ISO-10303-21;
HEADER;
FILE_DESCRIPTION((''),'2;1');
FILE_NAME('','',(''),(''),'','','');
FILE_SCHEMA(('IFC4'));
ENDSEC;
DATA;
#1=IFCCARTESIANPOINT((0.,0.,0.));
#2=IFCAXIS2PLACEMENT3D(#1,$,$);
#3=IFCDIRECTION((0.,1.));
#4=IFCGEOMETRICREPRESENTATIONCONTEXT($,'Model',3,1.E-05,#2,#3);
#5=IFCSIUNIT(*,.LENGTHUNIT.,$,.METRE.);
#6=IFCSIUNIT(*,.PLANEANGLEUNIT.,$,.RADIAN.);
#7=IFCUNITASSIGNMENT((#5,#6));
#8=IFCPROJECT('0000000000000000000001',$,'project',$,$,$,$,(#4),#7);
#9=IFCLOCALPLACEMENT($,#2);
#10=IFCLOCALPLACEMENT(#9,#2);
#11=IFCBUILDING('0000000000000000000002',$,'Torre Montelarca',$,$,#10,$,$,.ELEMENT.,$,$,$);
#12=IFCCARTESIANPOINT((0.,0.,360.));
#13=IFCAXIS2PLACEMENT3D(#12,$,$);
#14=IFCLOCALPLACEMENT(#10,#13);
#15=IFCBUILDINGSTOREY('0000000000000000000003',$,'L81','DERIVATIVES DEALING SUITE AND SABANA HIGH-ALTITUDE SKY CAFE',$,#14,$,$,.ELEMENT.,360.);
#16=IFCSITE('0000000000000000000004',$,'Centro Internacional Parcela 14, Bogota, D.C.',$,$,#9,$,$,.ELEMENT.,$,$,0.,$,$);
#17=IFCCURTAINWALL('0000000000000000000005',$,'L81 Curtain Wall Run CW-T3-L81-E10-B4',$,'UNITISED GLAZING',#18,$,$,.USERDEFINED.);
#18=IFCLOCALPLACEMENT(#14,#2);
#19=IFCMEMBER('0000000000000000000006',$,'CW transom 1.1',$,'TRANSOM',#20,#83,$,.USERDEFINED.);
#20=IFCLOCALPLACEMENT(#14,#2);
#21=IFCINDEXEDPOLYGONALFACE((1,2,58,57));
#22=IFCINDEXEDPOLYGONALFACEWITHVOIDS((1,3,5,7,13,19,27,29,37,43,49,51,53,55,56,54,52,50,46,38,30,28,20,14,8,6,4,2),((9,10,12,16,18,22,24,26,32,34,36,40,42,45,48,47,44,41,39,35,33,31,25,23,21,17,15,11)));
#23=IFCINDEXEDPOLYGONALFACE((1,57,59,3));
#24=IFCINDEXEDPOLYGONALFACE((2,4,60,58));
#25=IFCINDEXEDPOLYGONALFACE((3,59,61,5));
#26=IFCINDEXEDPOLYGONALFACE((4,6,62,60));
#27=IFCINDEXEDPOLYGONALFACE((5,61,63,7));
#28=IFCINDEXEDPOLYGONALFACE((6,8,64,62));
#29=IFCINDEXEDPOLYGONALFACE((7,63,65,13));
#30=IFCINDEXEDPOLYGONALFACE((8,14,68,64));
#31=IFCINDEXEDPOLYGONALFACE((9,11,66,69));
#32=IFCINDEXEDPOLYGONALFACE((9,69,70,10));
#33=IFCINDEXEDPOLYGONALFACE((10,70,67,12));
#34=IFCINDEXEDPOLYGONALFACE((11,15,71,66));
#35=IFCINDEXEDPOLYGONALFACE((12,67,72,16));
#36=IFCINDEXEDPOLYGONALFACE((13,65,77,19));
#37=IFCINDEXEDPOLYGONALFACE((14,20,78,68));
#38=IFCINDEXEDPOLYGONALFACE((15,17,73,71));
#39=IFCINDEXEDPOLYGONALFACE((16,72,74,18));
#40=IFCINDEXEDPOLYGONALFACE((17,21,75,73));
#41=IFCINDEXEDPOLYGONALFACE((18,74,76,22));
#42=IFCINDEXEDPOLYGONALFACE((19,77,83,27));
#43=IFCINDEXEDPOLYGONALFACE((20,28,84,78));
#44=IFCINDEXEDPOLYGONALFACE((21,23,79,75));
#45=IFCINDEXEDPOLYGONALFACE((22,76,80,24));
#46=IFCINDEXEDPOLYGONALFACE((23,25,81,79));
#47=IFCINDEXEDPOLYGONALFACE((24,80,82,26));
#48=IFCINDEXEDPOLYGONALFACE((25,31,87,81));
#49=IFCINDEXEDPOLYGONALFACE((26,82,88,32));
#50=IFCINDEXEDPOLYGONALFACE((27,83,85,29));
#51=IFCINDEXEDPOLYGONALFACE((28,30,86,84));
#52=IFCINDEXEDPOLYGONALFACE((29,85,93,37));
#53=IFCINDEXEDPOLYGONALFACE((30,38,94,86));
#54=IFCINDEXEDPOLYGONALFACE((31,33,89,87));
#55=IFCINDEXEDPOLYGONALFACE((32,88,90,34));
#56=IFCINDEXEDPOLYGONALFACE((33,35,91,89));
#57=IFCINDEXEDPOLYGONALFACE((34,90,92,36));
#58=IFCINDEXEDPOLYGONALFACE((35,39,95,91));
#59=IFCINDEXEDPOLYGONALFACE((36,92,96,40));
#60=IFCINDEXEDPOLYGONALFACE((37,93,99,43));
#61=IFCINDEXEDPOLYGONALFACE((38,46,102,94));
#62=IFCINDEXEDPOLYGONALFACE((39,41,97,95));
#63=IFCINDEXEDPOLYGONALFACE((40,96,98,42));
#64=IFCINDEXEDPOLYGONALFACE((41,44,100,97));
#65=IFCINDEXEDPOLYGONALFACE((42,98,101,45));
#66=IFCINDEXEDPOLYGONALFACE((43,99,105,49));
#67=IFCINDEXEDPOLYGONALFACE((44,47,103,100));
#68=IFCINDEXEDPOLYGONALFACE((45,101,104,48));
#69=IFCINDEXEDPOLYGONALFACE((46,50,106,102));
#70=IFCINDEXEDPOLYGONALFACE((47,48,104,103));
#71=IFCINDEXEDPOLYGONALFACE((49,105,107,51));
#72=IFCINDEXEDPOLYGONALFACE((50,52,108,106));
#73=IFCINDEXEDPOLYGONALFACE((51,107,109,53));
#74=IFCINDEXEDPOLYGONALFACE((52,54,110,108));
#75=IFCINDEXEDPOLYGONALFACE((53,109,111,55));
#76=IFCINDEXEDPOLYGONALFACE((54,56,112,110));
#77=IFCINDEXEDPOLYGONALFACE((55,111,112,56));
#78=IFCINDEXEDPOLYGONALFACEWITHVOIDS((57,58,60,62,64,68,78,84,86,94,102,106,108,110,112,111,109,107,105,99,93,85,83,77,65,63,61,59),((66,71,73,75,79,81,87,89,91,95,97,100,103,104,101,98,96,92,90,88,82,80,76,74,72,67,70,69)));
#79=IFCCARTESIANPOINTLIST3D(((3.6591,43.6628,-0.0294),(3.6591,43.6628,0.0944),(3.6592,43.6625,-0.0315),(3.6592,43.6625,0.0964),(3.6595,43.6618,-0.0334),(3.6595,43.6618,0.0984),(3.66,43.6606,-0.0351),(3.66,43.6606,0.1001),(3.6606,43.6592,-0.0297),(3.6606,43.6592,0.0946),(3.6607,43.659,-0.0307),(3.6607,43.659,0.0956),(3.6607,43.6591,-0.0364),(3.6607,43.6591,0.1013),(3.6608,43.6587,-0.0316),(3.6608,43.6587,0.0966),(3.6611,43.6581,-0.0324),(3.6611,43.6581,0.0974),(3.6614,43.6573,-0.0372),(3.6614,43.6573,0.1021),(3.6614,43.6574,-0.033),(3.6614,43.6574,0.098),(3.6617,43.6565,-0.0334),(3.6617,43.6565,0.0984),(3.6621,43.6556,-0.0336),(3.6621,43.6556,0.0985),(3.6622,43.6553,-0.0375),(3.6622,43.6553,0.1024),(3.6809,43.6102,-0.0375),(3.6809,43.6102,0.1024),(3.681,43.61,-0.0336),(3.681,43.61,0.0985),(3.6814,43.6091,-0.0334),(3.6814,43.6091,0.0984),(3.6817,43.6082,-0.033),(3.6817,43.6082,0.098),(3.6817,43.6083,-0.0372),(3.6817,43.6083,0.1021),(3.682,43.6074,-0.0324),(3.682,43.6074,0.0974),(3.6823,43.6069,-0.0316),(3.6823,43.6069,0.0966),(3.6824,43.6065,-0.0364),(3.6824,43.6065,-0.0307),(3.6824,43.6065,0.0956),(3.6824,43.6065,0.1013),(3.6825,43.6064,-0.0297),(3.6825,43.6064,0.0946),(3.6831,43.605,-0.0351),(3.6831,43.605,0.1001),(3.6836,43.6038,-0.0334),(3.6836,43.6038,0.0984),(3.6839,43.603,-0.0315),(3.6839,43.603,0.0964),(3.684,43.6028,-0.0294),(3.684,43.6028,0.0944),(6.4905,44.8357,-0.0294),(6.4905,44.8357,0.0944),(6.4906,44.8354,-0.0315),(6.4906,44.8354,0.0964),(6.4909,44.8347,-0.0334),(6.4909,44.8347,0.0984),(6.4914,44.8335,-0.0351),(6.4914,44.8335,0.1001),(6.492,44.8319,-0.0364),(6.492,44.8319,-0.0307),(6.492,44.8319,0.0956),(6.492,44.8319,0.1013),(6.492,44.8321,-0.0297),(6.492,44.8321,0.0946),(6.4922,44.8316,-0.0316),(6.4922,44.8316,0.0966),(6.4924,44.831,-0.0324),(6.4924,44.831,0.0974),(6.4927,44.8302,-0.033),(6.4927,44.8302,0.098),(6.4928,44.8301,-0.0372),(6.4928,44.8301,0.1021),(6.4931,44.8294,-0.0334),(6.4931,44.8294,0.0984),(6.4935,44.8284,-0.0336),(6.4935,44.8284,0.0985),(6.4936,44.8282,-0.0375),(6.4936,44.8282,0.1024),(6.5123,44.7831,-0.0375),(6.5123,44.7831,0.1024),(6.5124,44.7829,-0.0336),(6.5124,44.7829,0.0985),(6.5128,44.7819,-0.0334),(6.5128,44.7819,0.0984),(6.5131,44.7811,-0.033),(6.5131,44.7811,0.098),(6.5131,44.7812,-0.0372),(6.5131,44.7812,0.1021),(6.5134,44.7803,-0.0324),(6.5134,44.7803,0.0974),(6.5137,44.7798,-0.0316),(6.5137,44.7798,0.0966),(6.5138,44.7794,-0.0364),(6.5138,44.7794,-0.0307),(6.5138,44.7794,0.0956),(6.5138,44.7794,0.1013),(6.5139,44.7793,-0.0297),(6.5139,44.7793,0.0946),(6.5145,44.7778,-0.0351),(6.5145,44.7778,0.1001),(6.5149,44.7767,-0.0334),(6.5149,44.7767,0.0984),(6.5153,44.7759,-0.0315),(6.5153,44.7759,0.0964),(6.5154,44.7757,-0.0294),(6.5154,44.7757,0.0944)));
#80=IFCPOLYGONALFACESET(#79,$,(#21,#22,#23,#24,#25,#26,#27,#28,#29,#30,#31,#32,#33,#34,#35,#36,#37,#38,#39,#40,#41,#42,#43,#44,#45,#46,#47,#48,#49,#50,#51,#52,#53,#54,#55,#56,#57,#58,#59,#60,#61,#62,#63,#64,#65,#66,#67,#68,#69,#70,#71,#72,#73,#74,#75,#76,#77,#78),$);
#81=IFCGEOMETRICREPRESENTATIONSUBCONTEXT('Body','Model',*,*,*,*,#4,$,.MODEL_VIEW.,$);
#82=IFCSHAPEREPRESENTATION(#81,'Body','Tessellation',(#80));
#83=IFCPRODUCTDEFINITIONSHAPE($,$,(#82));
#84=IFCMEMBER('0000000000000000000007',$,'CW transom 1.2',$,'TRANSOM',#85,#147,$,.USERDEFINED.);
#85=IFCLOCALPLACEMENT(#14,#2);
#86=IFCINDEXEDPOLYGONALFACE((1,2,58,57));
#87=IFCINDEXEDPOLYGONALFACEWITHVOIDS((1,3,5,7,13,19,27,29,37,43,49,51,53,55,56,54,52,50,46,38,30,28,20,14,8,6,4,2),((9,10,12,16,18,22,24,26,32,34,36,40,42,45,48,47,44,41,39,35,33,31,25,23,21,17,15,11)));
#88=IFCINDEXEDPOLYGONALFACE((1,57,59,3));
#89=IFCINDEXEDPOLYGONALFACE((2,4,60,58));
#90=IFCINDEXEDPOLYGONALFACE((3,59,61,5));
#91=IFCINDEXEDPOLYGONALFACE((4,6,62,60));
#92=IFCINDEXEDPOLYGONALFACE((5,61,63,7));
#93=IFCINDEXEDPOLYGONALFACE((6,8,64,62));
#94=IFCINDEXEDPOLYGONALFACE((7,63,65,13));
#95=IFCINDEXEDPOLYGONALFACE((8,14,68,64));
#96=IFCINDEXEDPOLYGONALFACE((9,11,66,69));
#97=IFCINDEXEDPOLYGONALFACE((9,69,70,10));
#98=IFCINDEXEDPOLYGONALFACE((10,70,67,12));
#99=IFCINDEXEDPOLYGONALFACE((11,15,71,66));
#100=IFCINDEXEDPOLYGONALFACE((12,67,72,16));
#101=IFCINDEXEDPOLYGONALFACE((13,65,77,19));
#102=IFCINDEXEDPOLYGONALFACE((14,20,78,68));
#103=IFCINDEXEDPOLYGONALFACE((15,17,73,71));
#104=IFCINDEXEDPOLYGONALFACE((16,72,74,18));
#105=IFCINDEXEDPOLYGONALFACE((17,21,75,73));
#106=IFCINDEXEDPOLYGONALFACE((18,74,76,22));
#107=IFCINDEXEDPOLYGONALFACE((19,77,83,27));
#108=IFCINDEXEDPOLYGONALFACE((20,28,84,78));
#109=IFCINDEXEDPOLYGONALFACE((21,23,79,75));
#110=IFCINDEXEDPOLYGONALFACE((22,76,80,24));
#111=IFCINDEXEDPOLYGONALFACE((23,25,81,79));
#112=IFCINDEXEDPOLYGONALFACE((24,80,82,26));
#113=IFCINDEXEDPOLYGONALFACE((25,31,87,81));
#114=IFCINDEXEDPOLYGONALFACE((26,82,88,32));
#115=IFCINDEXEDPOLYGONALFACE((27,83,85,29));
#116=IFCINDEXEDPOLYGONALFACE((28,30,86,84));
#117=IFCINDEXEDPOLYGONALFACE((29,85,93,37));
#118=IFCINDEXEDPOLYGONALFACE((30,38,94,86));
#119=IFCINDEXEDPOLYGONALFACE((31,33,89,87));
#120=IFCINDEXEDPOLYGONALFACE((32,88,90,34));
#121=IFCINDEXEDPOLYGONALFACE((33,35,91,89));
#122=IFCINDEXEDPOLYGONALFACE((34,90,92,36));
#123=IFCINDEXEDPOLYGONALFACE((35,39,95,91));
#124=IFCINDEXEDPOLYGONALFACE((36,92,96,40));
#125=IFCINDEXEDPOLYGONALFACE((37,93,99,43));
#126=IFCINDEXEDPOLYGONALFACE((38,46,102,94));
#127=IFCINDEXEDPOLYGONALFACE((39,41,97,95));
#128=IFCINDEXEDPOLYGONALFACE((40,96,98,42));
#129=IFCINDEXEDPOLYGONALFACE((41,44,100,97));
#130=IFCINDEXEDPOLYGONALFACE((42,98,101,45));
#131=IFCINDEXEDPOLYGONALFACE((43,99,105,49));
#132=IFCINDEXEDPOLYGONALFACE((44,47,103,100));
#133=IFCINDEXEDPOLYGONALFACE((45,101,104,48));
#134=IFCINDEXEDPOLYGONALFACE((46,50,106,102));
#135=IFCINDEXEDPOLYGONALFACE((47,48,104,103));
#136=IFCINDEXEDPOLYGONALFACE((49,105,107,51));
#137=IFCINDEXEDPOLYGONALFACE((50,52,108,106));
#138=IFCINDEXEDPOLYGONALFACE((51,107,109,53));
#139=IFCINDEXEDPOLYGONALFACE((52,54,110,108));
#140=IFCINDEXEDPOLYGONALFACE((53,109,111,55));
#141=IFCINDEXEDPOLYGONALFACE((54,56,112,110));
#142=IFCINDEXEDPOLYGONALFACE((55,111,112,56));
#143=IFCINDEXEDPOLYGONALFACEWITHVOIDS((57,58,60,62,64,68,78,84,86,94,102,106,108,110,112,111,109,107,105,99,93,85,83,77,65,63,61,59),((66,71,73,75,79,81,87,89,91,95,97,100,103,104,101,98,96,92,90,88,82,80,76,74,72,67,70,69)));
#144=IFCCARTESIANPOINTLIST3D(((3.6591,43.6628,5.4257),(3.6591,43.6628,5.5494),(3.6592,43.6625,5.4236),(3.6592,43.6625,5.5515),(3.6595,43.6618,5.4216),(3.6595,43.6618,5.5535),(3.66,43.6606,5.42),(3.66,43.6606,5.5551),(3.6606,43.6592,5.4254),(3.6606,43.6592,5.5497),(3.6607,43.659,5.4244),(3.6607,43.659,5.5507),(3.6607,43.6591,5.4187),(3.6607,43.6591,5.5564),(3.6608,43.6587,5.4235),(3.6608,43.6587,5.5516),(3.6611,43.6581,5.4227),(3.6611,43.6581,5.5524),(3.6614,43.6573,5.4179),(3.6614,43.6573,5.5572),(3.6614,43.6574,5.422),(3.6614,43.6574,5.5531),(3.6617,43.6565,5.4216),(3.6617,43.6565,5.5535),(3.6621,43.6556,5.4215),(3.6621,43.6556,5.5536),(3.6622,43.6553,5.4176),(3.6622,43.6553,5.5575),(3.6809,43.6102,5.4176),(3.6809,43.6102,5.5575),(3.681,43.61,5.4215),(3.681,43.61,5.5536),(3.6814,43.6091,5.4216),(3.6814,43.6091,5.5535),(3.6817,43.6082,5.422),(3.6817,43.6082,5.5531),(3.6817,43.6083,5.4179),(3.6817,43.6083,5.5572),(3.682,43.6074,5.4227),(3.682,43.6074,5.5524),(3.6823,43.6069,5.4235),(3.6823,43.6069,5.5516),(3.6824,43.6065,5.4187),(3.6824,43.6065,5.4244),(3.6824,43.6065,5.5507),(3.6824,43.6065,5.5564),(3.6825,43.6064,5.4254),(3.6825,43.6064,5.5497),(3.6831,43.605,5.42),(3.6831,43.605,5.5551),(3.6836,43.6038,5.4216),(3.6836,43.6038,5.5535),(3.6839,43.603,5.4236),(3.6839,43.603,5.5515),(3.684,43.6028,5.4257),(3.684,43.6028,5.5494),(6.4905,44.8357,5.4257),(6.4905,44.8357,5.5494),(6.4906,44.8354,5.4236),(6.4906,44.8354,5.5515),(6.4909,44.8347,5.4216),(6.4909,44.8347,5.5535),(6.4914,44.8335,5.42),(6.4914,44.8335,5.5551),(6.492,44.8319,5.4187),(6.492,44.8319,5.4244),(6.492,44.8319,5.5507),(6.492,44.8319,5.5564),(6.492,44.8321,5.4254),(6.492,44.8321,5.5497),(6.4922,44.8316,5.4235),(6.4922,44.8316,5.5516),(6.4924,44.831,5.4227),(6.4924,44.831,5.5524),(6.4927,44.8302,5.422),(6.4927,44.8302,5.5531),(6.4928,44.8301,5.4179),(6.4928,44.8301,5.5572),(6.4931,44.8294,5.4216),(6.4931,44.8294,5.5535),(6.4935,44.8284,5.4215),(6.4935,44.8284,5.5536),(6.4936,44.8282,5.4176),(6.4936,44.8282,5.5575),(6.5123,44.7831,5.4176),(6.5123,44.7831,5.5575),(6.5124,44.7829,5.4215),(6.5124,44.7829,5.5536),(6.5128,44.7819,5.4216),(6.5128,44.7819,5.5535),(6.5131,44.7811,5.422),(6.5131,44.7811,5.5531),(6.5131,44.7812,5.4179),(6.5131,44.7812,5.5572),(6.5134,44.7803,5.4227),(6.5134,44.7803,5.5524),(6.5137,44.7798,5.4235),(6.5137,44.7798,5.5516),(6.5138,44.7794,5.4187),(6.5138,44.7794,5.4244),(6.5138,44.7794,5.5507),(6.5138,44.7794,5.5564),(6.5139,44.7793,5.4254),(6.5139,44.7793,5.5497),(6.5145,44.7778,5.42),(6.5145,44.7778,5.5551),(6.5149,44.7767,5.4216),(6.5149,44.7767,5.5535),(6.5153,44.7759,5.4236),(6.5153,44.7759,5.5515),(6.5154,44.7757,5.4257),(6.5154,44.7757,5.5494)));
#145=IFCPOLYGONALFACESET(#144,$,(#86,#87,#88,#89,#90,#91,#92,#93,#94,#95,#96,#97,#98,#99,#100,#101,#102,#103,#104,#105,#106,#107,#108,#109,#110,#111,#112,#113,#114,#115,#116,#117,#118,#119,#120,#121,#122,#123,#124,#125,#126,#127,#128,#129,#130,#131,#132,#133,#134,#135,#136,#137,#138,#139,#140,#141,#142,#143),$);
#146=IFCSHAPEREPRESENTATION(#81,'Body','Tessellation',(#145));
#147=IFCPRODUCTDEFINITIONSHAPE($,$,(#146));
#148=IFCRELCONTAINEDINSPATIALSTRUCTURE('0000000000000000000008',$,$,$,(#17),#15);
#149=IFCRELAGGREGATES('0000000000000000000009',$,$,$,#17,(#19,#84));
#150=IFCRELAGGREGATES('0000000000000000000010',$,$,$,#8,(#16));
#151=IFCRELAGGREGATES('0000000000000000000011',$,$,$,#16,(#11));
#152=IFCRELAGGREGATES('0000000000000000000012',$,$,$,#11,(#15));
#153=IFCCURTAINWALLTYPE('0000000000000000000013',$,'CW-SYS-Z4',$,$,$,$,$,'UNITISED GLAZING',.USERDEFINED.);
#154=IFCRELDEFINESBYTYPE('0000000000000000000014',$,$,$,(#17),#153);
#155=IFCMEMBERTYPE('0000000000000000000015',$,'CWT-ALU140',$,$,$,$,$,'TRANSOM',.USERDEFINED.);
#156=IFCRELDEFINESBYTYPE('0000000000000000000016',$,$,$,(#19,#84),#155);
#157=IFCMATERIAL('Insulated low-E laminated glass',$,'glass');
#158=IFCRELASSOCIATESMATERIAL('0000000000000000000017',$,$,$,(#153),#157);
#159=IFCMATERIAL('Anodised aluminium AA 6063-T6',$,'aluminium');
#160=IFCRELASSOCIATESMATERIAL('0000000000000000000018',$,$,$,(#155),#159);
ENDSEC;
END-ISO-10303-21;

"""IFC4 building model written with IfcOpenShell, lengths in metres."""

from ifc_helpers import new_model, si_unit, direction, frame, origin, origin_2d, place, context, subcontext, project, spatial, hollow_rectangle, extrude, source, transform, mapped, material, material_profile, profile_set, type_object, element, aggregate, save


model = new_model("IFC4")

# Units and contexts
model_context = context("Model", 3, precision=1e-05, world=origin(), true_north=direction((0.0, 1.0)))
body_context = subcontext(model_context, "Body", "Model", "MODEL_VIEW")
ifc_project = project(units=[si_unit("LENGTHUNIT", "METRE"), si_unit("PLANEANGLEUNIT", "RADIAN")], contexts=[model_context])

# Site, building, storey
site_placement = place(None, origin())
site = spatial("IfcSite", under=ifc_project, at=site_placement, Name="Centro Internacional Parcela 14, Bogota, D.C.", CompositionType="ELEMENT", RefElevation=0.0)
building_placement = place(site_placement, origin())
building = spatial("IfcBuilding", under=site, at=building_placement, Name="Torre Montelarca", CompositionType="ELEMENT")
storey_placement = place(building_placement, frame((0.0, 0.0, 360.0)))
storey = spatial("IfcBuildingStorey", under=building, at=storey_placement, Name="L81", Description="DERIVATIVES DEALING SUITE AND SABANA HIGH-ALTITUDE SKY CAFE", CompositionType="ELEMENT", Elevation=360.0)

# Shared definitions
ifc_material_1 = material(Name="Insulated low-E laminated glass", Category="glass")
curtain_wall_type = type_object("IfcCurtainWallType", Name="CW-SYS-Z4", ElementType="UNITISED GLAZING", PredefinedType="USERDEFINED", material=ifc_material_1)
ifc_material_2 = material(Name="Anodised aluminium AA 6063-T6", Category="aluminium")

# Curtain wall
curtain_wall_1_placement = place(storey_placement, origin())
curtain_wall_1 = element("IfcCurtainWall", 1, at=curtain_wall_1_placement, inside=storey, type_object=curtain_wall_type, Name="L81 Curtain Wall Run CW-T3-L81-E10-B4", ObjectType="UNITISED GLAZING", PredefinedType="USERDEFINED")

# Members
ifc_material_profile_1 = material_profile(ifc_material_2, hollow_rectangle(XDim=0.0649, YDim=0.1399, WallThickness=0.0039, InnerFilletRadius=0.0039, OuterFilletRadius=0.0081, at=origin_2d()), Name="ALU65X140X4", Category="aluminium")
ifc_profile_set_1 = profile_set([ifc_material_profile_1], Name="Anodised aluminium AA 6063-T6")
member_type_1 = type_object("IfcMemberType", Name="CWT-ALU140", ElementType="TRANSOM", PredefinedType="USERDEFINED", material=ifc_profile_set_1)
shared_shape_1 = source(origin(), body_context, "Body", "SweptSolid", [
    extrude(hollow_rectangle(XDim=0.0649, YDim=0.1399, WallThickness=0.0039, InnerFilletRadius=0.0039, OuterFilletRadius=0.0081, at=origin_2d()), origin(), (0.0, 0.0, 1.0), 3.0647),
])
member_1_placement = place(storey_placement, frame((6.5029, 44.8057, 0.0325), z_axis=(-0.923869, -0.382708, 0.0), x_axis=(0.382708, -0.923869, 0.0)))
member_1 = element("IfcMember", 2, at=member_1_placement, type_object=member_type_1, Name="CW transom 1.1", ObjectType="TRANSOM", PredefinedType="USERDEFINED", context=body_context, shape_type="MappedRepresentation", body=[
    mapped(shared_shape_1, transform((0.0, 0.0, 0.0), scale=1.0)),
])
member_2_placement = place(storey_placement, frame((6.5029, 44.8057, 5.4875), z_axis=(-0.923869, -0.382708, 0.0), x_axis=(0.382708, -0.923869, 0.0)))
member_2 = element("IfcMember", 3, at=member_2_placement, type_object=member_type_1, Name="CW transom 1.2", ObjectType="TRANSOM", PredefinedType="USERDEFINED", context=body_context, shape_type="MappedRepresentation", body=[
    mapped(shared_shape_1, transform((0.0, 0.0, 0.0), scale=1.0)),
])

aggregate(curtain_wall_1, [member_1, member_2])

save(model, "model.ifc")
